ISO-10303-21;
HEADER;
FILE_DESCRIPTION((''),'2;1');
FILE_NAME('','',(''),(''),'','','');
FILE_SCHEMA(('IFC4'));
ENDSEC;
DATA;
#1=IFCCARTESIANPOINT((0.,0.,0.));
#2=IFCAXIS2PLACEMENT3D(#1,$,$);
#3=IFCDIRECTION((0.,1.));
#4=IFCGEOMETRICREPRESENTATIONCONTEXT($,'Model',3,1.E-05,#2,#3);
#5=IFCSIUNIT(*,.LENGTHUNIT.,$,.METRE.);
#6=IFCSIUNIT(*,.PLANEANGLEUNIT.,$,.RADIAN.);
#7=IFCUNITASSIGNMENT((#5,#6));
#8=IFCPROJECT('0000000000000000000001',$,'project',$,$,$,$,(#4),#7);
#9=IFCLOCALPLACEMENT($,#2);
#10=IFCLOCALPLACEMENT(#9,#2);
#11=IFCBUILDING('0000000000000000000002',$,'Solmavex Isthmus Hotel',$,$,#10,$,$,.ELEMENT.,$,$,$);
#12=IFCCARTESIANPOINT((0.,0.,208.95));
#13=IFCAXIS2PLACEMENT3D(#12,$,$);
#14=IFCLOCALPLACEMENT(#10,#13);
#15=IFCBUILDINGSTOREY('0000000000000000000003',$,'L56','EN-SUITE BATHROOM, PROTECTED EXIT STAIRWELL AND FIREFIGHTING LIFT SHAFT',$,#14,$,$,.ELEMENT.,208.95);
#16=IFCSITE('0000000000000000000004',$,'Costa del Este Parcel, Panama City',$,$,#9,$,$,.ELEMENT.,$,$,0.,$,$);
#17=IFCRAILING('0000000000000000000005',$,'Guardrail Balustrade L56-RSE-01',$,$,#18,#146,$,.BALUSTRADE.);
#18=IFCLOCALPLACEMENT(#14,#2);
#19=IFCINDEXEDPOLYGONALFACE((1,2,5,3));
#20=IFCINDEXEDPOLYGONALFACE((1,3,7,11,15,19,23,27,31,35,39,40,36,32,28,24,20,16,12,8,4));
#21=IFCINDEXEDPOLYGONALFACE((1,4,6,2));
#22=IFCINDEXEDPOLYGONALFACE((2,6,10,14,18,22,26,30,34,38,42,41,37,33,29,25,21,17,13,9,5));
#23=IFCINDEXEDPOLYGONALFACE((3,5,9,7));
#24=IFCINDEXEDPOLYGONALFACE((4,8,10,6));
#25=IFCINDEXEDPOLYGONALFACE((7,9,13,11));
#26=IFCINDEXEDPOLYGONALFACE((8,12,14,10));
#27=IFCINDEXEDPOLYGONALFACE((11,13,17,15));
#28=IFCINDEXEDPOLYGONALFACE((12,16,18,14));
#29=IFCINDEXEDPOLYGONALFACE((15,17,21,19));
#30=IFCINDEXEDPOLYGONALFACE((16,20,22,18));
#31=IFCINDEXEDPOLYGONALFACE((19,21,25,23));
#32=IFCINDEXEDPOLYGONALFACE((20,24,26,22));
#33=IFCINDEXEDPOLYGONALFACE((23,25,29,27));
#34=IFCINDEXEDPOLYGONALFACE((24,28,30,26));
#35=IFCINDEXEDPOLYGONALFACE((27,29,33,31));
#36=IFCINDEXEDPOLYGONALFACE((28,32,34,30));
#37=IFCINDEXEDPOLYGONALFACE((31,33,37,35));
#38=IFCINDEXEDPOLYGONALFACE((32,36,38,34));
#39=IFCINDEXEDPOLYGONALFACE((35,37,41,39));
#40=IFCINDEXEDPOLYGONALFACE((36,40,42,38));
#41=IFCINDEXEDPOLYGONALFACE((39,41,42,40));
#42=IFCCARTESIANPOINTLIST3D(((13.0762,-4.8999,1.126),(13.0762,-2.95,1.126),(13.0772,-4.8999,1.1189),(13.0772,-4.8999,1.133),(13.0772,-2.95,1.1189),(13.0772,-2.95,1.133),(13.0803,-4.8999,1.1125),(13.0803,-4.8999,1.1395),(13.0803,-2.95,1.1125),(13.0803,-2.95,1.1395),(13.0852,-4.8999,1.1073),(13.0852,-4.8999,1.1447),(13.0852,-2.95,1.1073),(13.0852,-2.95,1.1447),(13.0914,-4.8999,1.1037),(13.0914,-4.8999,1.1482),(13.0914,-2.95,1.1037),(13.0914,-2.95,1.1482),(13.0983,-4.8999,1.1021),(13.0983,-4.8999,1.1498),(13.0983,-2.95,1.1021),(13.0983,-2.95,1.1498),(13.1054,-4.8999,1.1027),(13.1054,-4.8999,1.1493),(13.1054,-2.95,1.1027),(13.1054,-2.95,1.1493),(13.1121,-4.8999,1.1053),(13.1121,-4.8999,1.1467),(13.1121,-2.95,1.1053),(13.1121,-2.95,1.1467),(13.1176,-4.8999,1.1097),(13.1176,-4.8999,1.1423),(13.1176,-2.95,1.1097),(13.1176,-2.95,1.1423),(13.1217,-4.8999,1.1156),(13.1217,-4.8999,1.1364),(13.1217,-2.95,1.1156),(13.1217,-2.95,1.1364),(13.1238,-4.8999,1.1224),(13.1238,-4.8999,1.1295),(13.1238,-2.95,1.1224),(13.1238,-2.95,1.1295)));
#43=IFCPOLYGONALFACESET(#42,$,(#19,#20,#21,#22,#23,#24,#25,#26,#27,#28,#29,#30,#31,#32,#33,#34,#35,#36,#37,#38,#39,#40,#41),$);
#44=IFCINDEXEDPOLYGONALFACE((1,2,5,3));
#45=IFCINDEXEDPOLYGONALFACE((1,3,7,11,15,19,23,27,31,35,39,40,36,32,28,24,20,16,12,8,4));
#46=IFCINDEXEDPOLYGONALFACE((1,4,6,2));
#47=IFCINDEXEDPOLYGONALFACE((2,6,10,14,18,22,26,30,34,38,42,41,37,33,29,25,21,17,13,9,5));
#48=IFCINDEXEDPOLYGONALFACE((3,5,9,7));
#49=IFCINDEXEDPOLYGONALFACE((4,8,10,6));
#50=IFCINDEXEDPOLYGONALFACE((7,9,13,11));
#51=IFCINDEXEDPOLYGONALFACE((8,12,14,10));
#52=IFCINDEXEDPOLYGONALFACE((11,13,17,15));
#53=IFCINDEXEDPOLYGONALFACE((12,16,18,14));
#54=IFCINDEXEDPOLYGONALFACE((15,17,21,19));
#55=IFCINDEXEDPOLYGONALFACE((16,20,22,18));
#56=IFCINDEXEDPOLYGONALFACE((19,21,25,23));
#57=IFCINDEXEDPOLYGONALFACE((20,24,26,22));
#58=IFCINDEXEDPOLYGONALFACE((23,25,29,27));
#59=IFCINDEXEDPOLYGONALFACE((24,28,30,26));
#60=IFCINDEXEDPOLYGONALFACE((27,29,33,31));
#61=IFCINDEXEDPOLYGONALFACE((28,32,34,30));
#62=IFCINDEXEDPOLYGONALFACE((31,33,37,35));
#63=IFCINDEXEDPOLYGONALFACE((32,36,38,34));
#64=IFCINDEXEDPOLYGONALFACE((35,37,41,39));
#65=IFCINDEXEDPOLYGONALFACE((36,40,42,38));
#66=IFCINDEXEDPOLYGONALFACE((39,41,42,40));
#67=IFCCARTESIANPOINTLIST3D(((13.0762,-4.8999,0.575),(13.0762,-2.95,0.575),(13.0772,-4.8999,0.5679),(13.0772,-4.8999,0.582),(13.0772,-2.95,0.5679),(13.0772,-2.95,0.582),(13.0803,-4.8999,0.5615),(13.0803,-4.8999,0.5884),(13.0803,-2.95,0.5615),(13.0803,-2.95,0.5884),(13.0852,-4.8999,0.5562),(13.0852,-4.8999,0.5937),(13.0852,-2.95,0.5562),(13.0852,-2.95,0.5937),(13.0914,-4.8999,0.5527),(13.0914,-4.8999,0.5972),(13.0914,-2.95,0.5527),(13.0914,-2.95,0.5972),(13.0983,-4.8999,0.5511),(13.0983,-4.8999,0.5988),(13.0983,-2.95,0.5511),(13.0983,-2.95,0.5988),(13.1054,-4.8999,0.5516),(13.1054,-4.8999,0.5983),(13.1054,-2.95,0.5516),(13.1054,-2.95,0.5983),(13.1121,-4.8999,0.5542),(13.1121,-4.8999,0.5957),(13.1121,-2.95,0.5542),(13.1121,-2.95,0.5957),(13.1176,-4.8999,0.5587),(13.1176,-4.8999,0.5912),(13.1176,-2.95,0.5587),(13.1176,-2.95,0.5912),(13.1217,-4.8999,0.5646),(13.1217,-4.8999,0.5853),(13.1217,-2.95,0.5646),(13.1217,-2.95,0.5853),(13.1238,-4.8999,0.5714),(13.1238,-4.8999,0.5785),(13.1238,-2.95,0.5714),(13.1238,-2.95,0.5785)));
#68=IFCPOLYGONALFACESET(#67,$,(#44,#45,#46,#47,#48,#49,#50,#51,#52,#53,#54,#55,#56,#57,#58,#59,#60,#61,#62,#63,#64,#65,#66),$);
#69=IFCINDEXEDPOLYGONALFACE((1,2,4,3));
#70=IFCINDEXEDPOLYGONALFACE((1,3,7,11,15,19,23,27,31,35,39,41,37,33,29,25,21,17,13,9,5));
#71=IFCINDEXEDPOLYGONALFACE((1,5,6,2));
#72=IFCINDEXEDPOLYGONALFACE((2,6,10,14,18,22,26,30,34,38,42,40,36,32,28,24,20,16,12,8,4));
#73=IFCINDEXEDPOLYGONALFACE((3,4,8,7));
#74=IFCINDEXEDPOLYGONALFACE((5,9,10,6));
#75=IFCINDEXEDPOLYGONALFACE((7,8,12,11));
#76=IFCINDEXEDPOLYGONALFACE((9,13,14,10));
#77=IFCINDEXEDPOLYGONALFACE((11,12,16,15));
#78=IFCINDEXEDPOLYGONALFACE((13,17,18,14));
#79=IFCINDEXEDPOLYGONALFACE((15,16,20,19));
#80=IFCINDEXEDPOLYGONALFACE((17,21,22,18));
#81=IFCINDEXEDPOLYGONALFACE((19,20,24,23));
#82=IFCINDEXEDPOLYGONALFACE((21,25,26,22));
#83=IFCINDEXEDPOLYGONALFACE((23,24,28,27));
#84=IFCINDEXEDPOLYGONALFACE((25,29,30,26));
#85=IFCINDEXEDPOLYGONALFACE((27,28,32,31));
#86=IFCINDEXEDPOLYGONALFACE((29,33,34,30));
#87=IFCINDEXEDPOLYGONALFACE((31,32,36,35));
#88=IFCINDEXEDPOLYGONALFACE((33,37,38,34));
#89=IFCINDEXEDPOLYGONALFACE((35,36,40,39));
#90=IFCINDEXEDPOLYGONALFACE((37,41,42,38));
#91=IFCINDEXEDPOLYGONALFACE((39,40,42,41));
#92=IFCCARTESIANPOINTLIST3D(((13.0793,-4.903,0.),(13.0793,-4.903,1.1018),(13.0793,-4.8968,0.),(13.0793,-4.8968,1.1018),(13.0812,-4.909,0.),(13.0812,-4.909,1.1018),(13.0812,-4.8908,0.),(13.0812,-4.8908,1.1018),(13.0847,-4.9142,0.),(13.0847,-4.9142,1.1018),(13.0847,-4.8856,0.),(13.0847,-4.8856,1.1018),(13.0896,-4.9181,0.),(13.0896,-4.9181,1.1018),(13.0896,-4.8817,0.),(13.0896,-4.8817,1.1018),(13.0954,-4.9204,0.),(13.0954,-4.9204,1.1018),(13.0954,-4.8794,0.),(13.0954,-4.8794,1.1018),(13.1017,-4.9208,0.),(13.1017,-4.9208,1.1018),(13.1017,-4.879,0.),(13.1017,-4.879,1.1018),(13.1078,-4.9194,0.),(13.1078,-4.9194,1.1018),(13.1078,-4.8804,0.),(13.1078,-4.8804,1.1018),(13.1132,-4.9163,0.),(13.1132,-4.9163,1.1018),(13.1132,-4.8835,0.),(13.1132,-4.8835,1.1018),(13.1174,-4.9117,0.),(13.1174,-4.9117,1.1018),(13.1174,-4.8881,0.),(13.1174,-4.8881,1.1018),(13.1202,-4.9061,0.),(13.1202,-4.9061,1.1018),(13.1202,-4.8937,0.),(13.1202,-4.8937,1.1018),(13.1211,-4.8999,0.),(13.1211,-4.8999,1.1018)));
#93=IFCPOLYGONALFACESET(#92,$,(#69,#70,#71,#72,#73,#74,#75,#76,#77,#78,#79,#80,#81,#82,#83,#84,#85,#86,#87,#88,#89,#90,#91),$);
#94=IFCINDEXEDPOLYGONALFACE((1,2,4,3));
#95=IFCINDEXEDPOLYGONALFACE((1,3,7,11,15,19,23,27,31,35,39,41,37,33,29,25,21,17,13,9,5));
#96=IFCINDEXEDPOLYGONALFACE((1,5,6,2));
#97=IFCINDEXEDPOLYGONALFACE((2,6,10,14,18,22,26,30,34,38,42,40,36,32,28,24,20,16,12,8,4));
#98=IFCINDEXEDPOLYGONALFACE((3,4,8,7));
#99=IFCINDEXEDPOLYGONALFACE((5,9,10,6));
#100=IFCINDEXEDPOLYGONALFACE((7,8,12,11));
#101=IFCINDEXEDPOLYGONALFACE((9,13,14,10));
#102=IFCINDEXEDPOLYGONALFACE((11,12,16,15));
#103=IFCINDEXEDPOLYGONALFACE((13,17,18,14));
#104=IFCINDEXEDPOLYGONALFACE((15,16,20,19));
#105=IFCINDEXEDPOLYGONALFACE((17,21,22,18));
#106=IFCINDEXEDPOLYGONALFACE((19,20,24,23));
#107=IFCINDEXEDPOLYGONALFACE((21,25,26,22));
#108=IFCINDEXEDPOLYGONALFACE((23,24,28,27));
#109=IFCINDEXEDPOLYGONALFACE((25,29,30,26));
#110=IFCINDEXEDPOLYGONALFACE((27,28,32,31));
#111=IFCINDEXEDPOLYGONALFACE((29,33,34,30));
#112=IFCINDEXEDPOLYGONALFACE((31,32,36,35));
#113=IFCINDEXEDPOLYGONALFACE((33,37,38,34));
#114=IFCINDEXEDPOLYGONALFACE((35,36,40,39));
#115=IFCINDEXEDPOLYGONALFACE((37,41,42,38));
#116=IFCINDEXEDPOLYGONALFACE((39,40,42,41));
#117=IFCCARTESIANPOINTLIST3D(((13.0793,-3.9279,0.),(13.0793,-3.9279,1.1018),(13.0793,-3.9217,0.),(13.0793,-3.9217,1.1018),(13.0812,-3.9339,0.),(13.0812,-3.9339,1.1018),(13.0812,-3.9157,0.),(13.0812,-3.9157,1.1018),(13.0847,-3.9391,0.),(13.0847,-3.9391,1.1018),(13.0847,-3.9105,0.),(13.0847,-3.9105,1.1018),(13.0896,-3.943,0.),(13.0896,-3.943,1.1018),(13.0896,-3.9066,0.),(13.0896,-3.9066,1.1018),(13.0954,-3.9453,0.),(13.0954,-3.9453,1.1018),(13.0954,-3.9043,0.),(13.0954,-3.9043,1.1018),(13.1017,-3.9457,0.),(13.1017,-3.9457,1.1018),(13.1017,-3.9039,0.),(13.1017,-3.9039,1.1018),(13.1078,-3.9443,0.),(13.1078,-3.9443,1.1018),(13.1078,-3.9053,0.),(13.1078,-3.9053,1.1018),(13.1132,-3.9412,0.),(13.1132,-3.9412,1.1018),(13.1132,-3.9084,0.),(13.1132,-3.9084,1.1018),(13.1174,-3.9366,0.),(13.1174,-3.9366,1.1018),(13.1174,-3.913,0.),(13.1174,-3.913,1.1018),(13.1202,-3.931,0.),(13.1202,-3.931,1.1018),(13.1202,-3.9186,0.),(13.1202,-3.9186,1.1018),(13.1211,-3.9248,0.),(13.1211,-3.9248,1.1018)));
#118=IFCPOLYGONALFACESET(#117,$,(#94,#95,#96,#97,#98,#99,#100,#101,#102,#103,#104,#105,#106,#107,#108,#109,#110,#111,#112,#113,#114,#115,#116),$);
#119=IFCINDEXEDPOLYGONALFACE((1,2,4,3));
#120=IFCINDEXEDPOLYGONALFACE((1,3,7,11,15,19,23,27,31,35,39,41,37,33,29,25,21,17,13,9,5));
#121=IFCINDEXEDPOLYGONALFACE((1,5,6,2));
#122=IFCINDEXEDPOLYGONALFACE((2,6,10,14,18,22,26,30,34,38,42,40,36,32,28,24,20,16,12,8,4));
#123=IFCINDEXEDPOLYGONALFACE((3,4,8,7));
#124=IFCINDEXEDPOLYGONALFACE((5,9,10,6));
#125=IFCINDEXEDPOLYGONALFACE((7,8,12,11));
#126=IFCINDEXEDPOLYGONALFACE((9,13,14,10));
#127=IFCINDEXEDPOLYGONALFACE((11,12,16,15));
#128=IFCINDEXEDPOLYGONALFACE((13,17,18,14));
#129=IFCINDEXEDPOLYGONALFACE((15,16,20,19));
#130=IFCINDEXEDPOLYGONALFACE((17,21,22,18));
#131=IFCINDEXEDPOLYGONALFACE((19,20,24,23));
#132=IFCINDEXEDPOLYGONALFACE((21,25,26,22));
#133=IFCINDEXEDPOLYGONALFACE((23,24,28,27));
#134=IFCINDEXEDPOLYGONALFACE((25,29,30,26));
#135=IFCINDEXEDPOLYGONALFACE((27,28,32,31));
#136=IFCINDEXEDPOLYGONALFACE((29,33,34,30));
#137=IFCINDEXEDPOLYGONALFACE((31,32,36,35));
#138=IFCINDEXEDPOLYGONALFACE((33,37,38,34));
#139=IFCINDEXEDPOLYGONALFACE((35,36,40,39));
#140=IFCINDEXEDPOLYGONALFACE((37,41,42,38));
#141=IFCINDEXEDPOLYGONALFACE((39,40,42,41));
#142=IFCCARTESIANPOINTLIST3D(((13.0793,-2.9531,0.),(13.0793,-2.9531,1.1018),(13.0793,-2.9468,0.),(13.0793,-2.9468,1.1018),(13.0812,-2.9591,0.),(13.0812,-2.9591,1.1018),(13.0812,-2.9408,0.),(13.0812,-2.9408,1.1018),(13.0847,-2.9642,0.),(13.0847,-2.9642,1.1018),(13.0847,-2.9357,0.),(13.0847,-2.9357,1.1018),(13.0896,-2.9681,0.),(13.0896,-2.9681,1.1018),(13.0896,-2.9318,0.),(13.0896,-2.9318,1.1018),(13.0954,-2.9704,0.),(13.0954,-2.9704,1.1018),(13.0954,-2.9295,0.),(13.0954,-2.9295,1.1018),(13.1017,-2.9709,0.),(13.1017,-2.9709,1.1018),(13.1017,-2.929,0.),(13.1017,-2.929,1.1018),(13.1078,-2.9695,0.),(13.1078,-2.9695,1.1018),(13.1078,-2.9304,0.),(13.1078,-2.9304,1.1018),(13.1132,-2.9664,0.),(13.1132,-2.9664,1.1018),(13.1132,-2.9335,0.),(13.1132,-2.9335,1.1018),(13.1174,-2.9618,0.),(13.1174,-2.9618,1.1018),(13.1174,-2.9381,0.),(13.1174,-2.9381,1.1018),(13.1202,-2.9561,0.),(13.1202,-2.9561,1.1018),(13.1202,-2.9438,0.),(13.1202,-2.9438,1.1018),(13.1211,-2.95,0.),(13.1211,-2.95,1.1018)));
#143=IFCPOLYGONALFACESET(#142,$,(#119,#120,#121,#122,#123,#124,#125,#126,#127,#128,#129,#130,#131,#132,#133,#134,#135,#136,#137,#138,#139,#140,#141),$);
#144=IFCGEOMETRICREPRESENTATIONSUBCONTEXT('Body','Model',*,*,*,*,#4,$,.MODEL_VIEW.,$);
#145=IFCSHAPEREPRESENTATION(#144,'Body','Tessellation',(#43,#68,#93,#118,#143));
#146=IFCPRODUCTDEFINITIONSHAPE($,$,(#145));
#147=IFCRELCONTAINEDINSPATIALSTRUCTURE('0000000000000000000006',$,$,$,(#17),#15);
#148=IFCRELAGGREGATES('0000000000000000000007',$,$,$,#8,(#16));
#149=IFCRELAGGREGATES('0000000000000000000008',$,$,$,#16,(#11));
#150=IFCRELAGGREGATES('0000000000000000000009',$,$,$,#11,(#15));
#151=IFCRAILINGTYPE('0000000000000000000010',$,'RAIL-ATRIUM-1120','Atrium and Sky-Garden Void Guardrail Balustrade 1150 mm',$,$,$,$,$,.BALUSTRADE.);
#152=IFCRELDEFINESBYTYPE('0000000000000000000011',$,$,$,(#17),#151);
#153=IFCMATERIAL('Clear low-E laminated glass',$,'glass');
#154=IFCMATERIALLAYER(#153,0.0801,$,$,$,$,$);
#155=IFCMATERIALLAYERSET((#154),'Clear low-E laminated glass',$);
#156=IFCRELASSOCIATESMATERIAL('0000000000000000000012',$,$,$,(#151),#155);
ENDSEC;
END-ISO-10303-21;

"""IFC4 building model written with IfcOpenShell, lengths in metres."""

from ifc_helpers import new_model, si_unit, direction, frame, origin, origin_2d, place, context, subcontext, project, spatial, circle, extrude, material, layer, layer_set, type_object, element, save


model = new_model("IFC4")

# Units and contexts
model_context = context("Model", 3, precision=1e-05, world=origin(), true_north=direction((0.0, 1.0)))
body_context = subcontext(model_context, "Body", "Model", "MODEL_VIEW")
ifc_project = project(units=[si_unit("LENGTHUNIT", "METRE"), si_unit("PLANEANGLEUNIT", "RADIAN")], contexts=[model_context])

# Site, building, storey
site_placement = place(None, origin())
site = spatial("IfcSite", under=ifc_project, at=site_placement, Name="Costa del Este Parcel, Panama City", CompositionType="ELEMENT", RefElevation=0.0)
building_placement = place(site_placement, origin())
building = spatial("IfcBuilding", under=site, at=building_placement, Name="Solmavex Isthmus Hotel", CompositionType="ELEMENT")
storey_placement = place(building_placement, frame((0.0, 0.0, 208.95)))
storey = spatial("IfcBuildingStorey", under=building, at=storey_placement, Name="L56", Description="EN-SUITE BATHROOM, PROTECTED EXIT STAIRWELL AND FIREFIGHTING LIFT SHAFT", CompositionType="ELEMENT", Elevation=208.95)

# Shared definitions
ifc_material_1 = material(Name="Clear low-E laminated glass", Category="glass")

# Railing
ifc_layer_1 = layer(ifc_material_1, 0.0801)
ifc_layer_set_1 = layer_set([ifc_layer_1], Name="Clear low-E laminated glass")
railing_type_1 = type_object("IfcRailingType", Name="RAIL-ATRIUM-1120", Description="Atrium and Sky-Garden Void Guardrail Balustrade 1150 mm", PredefinedType="BALUSTRADE", material=ifc_layer_set_1)
railing_1_placement = place(storey_placement, frame((13.1001, -4.8999, 0.0)))
element("IfcRailing", 1, at=railing_1_placement, inside=storey, type_object=railing_type_1, Name="Guardrail Balustrade L56-RSE-01", PredefinedType="BALUSTRADE", context=body_context, shape_type="SweptSolid", body=[
    extrude(circle(Radius=0.0239, at=origin_2d()), frame((0.0, 0.0, 1.126), z_axis=(0.0, 1.0, 0.0), x_axis=(-1.0, 0.0, 0.0)), (0.0, 0.0, 1.0), 1.95),
    extrude(circle(Radius=0.0239, at=origin_2d()), frame((0.0, 0.0, 0.575), z_axis=(0.0, 1.0, 0.0), x_axis=(-1.0, 0.0, 0.0)), (0.0, 0.0, 1.0), 1.95),
    extrude(circle(Radius=0.021, at=origin_2d()), origin(), (0.0, 0.0, 1.0), 1.1018),
    extrude(circle(Radius=0.021, at=origin_2d()), frame((0.0, 0.9751, 0.0)), (0.0, 0.0, 1.0), 1.1018),
    extrude(circle(Radius=0.021, at=origin_2d()), frame((0.0, 1.95, 0.0)), (0.0, 0.0, 1.0), 1.1018),
])

save(model, "model.ifc")
